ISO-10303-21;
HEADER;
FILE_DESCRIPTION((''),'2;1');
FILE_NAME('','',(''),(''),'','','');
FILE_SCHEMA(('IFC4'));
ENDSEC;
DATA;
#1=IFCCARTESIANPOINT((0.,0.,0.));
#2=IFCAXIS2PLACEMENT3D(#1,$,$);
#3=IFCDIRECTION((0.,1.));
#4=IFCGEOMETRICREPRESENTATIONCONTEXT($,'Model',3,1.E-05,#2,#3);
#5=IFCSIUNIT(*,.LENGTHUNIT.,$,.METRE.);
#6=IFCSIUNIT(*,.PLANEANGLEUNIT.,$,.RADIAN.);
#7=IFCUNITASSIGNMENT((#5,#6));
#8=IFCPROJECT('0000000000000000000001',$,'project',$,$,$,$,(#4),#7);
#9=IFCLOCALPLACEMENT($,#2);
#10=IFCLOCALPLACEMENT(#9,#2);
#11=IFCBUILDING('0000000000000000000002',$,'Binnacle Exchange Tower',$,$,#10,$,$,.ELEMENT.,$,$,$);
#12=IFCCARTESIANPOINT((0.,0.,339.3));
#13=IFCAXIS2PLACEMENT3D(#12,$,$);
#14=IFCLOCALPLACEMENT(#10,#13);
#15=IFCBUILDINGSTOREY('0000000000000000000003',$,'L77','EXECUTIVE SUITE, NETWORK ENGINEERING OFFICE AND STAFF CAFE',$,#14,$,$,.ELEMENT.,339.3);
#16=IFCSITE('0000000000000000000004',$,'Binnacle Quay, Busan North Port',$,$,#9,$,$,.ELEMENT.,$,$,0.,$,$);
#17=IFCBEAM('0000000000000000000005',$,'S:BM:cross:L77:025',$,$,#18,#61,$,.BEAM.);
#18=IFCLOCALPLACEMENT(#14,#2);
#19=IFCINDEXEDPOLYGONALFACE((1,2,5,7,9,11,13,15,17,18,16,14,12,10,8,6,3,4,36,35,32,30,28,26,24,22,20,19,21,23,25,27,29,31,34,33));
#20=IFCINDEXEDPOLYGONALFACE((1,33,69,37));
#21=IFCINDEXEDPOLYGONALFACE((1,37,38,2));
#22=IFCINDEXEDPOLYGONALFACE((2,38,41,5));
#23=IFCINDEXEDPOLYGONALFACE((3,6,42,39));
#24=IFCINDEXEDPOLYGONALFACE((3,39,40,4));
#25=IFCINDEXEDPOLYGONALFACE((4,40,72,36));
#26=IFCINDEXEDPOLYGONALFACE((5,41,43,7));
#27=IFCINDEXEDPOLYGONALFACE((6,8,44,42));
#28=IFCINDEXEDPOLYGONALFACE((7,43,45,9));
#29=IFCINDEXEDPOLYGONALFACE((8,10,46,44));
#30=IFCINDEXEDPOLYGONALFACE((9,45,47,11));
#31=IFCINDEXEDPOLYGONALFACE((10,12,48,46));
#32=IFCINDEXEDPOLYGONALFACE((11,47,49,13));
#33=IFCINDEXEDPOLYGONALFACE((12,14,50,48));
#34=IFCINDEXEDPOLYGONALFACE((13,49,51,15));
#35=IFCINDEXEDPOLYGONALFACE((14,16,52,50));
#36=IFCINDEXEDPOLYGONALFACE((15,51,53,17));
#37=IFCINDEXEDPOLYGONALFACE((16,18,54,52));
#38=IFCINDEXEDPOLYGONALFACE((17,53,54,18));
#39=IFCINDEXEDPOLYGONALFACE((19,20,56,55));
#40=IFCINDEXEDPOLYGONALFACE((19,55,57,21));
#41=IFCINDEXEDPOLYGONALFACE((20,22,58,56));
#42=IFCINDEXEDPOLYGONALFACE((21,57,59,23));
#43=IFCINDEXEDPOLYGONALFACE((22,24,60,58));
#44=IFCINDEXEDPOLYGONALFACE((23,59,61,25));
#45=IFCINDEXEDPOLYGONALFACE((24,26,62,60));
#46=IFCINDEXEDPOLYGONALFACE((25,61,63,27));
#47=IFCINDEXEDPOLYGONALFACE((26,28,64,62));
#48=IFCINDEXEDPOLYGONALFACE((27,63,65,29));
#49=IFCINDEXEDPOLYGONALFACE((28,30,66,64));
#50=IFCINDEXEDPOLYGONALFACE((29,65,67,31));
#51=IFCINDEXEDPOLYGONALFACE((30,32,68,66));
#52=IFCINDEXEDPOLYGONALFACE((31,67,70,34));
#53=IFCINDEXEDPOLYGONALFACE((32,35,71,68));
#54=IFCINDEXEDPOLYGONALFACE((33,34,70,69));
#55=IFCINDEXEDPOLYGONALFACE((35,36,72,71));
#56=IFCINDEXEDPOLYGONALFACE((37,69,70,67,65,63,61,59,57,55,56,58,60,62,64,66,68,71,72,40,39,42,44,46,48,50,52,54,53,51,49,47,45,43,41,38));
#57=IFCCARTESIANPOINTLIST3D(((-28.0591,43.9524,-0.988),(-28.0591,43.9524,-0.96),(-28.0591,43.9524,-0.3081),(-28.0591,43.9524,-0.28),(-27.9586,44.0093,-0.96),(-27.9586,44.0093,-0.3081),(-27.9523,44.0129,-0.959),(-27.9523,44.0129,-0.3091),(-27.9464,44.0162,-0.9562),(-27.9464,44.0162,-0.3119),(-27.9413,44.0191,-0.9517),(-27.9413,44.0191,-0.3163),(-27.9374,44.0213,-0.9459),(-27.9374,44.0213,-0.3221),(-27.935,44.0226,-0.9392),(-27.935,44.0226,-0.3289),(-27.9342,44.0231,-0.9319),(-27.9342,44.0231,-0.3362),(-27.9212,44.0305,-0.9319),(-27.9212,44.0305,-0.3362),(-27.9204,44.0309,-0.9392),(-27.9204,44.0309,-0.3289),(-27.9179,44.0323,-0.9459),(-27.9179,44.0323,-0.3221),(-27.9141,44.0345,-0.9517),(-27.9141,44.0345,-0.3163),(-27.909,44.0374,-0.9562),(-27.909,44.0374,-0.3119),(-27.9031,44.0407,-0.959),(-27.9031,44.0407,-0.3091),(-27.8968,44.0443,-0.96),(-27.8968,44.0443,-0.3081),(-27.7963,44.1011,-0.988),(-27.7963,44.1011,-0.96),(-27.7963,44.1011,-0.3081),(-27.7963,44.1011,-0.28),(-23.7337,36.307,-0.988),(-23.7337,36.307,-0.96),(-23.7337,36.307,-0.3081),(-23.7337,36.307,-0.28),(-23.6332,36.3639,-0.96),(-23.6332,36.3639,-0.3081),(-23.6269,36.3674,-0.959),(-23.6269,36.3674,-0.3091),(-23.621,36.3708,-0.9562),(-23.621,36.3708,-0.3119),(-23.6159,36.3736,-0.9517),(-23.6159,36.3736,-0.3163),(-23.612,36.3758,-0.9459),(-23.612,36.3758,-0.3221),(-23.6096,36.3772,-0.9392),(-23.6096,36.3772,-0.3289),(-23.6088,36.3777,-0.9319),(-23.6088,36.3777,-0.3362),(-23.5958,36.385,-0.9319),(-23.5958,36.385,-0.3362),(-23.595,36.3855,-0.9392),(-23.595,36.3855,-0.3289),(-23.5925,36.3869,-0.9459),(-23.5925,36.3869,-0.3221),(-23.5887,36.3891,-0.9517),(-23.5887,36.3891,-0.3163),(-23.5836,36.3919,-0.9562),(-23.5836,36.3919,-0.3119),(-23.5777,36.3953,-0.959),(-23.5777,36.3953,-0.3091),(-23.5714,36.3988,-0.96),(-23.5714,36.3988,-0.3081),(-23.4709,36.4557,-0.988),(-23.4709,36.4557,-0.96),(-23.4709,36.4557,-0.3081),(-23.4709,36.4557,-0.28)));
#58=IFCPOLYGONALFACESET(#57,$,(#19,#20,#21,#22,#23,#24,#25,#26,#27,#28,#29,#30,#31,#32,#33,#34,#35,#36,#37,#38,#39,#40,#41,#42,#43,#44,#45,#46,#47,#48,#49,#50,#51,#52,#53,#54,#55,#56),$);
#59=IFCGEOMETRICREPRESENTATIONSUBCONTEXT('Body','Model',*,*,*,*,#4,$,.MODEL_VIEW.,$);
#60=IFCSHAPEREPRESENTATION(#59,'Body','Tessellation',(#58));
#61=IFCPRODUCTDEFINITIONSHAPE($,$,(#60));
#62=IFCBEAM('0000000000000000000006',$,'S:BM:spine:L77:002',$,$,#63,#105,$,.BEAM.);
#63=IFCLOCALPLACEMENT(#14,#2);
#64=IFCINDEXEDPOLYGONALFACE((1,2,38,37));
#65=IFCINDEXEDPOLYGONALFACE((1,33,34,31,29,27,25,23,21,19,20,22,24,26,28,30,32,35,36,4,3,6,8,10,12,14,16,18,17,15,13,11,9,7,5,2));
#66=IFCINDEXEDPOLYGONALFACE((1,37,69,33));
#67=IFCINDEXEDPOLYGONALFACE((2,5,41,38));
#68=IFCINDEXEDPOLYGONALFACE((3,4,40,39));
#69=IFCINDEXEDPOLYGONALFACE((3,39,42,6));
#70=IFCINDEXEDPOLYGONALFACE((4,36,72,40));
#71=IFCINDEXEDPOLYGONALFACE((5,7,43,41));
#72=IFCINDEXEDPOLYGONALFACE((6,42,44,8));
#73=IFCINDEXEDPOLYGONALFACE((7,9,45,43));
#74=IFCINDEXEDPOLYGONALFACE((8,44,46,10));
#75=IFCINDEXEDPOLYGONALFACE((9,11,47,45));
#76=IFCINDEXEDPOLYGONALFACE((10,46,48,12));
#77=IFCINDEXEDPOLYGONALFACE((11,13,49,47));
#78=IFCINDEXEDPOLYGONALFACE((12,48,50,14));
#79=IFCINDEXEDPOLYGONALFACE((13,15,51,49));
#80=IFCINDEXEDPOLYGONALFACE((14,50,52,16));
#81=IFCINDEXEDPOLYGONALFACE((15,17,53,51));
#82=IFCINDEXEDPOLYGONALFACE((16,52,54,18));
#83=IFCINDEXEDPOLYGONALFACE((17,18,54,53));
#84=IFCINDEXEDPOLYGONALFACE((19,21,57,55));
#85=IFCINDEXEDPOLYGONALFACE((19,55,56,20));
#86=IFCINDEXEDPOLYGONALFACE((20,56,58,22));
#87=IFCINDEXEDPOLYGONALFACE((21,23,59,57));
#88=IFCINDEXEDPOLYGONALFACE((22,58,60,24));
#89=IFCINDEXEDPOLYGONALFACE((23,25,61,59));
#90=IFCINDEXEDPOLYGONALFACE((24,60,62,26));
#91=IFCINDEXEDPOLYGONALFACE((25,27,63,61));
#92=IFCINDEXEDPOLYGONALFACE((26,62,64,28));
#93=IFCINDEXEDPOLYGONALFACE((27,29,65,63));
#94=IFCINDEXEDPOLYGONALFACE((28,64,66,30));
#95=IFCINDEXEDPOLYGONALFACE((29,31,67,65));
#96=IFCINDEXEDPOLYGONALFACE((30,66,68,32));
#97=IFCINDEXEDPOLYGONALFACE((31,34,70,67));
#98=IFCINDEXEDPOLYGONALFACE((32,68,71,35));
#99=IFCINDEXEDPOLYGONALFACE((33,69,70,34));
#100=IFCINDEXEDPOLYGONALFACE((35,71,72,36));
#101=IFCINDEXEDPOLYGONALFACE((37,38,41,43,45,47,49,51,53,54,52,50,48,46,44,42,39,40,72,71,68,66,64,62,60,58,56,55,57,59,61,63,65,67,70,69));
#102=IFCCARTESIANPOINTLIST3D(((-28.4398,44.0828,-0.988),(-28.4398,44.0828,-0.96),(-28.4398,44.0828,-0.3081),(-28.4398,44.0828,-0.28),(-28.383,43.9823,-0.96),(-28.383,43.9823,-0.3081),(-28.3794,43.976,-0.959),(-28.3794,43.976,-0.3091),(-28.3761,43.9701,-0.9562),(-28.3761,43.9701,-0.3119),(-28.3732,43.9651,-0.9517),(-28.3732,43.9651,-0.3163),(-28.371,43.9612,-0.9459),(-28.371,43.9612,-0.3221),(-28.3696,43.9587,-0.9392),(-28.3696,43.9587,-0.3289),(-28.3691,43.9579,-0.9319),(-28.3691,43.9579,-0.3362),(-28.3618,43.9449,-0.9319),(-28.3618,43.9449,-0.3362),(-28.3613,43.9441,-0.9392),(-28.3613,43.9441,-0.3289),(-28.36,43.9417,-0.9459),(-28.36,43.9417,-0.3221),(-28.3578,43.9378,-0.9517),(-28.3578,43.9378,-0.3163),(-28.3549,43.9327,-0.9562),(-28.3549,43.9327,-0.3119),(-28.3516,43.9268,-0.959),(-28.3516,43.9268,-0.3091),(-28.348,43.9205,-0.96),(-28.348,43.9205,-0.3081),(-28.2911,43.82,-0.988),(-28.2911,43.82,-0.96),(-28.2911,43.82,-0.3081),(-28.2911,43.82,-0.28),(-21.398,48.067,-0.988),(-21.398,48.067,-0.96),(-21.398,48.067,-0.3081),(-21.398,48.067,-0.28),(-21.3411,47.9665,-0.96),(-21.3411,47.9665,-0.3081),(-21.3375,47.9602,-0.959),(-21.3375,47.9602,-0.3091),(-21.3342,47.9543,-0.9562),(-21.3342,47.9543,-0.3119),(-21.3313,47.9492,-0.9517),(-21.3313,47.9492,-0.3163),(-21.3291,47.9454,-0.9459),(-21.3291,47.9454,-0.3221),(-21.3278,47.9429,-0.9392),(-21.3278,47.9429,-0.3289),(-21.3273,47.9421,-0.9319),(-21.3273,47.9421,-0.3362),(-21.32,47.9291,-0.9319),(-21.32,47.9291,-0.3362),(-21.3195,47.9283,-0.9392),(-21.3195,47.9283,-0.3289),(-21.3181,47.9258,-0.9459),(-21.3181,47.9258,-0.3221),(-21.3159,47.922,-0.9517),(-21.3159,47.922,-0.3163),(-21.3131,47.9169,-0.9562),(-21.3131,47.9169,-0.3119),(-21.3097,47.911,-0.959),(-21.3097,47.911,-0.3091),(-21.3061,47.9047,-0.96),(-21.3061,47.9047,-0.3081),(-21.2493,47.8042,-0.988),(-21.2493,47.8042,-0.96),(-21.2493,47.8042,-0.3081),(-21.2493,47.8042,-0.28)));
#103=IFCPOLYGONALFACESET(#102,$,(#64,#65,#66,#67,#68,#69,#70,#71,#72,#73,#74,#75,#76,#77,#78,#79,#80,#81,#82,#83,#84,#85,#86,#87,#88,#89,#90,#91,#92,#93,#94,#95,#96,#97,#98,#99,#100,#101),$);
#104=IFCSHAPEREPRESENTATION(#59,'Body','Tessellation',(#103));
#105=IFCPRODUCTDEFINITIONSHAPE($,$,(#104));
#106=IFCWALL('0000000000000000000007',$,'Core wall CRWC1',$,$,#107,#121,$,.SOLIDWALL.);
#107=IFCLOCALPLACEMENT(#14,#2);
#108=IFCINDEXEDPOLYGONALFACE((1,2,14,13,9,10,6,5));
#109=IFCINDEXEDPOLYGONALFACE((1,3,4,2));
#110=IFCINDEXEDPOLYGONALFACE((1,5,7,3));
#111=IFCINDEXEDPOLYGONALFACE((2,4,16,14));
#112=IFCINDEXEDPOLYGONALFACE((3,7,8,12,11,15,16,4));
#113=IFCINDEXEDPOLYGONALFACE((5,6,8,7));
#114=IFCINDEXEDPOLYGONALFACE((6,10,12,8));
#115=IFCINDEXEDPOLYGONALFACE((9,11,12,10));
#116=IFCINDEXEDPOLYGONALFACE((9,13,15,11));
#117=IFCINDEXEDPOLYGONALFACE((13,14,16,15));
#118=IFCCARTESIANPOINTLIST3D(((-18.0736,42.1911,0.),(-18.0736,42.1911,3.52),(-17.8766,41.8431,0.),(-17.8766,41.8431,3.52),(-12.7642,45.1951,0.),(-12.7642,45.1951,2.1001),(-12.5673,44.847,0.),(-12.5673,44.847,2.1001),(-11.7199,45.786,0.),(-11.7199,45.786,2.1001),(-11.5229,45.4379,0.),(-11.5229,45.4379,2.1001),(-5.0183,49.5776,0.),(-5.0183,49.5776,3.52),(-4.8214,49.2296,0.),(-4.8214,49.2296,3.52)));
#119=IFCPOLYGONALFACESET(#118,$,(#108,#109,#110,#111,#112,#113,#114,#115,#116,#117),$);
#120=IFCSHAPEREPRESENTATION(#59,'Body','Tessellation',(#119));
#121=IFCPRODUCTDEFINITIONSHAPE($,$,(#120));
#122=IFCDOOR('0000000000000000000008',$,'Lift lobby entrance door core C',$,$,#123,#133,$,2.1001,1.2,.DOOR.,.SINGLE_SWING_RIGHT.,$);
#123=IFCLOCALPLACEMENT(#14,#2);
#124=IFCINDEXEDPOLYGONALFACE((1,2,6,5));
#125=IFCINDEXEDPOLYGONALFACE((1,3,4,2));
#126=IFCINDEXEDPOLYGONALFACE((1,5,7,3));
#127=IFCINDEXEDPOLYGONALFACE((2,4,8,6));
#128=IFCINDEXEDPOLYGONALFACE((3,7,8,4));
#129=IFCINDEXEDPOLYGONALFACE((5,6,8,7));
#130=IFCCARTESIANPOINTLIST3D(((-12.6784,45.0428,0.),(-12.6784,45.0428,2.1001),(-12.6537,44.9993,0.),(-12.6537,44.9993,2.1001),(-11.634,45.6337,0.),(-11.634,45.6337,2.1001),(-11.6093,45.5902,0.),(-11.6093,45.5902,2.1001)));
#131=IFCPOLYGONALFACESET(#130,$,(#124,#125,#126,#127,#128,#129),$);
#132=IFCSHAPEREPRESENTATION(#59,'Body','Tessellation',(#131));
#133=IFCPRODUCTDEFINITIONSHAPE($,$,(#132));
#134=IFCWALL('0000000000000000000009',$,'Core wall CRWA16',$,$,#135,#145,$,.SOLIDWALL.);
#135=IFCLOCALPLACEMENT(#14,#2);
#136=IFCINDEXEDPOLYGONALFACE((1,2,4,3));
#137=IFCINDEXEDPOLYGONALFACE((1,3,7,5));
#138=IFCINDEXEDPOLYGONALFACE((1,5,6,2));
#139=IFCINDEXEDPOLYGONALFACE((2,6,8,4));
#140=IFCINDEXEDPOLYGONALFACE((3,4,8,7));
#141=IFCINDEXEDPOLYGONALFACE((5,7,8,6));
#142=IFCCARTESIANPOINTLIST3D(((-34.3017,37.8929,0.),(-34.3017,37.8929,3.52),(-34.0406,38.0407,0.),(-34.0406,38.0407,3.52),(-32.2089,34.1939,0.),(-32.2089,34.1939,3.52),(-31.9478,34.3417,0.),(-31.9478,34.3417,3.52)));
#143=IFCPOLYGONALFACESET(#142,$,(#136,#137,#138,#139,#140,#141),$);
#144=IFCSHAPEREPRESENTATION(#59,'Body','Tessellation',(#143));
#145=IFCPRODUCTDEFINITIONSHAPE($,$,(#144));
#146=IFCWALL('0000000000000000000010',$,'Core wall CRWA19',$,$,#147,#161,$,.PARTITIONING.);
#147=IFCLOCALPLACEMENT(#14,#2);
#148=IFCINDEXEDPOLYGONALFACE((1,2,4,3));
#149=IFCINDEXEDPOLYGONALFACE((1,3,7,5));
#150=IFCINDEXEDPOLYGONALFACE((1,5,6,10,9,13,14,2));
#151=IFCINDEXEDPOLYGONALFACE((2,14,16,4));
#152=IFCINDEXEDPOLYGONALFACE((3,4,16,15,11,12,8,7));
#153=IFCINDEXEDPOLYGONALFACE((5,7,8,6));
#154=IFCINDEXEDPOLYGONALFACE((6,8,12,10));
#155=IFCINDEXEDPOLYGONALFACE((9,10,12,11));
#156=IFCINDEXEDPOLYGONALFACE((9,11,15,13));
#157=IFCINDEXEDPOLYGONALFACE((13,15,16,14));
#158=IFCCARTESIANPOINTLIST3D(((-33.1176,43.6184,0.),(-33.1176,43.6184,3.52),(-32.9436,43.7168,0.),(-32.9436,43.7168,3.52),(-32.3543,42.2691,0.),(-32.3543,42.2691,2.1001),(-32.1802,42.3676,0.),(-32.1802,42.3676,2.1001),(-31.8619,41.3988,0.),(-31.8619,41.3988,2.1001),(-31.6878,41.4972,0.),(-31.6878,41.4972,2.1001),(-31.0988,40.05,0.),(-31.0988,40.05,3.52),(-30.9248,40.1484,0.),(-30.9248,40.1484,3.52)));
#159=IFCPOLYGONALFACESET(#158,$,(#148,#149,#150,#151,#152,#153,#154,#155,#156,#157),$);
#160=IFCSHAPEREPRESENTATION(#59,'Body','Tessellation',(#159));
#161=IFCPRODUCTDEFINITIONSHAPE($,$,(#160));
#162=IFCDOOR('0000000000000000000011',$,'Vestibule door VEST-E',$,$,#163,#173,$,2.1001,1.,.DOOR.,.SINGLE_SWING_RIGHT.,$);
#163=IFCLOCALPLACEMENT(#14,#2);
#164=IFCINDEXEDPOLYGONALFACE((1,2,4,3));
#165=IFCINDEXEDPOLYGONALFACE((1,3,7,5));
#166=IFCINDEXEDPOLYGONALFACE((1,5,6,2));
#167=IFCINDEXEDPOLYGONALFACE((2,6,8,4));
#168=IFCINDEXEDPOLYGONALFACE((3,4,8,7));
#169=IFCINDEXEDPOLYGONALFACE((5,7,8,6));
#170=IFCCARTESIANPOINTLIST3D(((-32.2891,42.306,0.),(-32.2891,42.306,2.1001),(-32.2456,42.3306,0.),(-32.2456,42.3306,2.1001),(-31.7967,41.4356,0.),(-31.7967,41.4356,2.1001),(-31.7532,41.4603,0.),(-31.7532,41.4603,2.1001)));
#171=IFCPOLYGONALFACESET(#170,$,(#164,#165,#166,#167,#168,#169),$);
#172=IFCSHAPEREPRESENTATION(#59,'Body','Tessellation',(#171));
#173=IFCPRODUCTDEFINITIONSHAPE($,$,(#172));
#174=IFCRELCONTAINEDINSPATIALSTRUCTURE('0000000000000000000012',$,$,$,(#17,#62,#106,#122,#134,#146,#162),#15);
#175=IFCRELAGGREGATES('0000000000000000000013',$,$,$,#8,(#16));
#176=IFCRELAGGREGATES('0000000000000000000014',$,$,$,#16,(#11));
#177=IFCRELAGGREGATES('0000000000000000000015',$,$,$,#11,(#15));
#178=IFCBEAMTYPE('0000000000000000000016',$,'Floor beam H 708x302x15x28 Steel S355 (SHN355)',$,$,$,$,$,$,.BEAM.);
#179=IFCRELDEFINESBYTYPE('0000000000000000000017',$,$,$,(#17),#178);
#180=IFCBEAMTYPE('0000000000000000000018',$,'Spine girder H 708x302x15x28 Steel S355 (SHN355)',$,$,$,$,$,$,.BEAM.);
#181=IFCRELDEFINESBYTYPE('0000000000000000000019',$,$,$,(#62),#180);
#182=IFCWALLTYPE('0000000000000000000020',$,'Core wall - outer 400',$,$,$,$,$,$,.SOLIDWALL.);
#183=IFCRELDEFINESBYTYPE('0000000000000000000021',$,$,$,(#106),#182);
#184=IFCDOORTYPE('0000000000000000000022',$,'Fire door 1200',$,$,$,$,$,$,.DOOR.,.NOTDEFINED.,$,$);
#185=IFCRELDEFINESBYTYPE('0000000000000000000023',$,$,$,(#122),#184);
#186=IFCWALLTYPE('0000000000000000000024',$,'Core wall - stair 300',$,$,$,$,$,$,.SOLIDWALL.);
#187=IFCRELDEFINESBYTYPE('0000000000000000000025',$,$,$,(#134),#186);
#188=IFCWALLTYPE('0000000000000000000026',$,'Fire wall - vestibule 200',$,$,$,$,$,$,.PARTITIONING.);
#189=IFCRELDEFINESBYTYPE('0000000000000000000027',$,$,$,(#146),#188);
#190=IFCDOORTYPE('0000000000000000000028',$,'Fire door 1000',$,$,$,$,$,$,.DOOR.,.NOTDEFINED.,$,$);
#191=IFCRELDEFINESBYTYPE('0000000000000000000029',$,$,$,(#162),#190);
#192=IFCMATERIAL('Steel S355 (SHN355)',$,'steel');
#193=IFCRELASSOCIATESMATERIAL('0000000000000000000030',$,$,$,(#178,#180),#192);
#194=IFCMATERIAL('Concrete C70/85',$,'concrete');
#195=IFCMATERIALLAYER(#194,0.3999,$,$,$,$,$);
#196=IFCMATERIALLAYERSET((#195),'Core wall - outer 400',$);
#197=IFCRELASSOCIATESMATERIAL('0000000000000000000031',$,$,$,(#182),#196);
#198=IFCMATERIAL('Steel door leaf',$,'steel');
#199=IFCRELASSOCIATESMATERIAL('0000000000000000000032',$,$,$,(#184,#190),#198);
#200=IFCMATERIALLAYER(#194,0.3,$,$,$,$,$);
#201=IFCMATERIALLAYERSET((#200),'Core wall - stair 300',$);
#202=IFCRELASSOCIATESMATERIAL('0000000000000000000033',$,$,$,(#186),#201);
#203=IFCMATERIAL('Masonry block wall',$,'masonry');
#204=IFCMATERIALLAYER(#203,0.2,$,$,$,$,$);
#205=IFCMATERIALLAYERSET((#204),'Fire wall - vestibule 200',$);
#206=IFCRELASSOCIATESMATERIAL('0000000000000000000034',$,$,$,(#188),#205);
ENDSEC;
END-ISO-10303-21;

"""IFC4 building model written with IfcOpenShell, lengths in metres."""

from ifc_helpers import new_model, si_unit, direction, frame, frame_2d, origin, origin_2d, place, context, subcontext, project, spatial, rectangle, i_section, extrude, material, layer, layer_set, material_profile, profile_set, type_object, element, fill, save


model = new_model("IFC4")

# Units and contexts
model_context = context("Model", 3, precision=1e-05, world=origin(), true_north=direction((0.0, 1.0)))
body_context = subcontext(model_context, "Body", "Model", "MODEL_VIEW")
ifc_project = project(units=[si_unit("LENGTHUNIT", "METRE"), si_unit("PLANEANGLEUNIT", "RADIAN")], contexts=[model_context])

# Site, building, storey
site_placement = place(None, origin())
site = spatial("IfcSite", under=ifc_project, at=site_placement, Name="Binnacle Quay, Busan North Port", CompositionType="ELEMENT", RefElevation=0.0)
building_placement = place(site_placement, origin())
building = spatial("IfcBuilding", under=site, at=building_placement, Name="Binnacle Exchange Tower", CompositionType="ELEMENT")
storey_placement = place(building_placement, frame((0.0, 0.0, 339.3)))
storey = spatial("IfcBuildingStorey", under=building, at=storey_placement, Name="L77", Description="EXECUTIVE SUITE, NETWORK ENGINEERING OFFICE AND STAFF CAFE", CompositionType="ELEMENT", Elevation=339.3)

# Beams
ifc_material_1 = material(Name="Steel S355 (SHN355)", Category="steel")
ifc_material_profile_1 = material_profile(ifc_material_1, i_section(OverallWidth=0.302, OverallDepth=0.708, WebThickness=0.0149, FlangeThickness=0.0281, FilletRadius=0.0281, at=origin_2d()), Name="H 708x302x15x28")
ifc_profile_set_1 = profile_set([ifc_material_profile_1], Name="Steel S355 (SHN355)")
beam_type_1 = type_object("IfcBeamType", Name="Floor beam H 708x302x15x28 Steel S355 (SHN355)", PredefinedType="BEAM", material=ifc_profile_set_1)
beam_1_placement = place(storey_placement, frame((-23.6023, 36.3813, -0.634), z_axis=(-0.492408, 0.870365, 0.0), x_axis=(-0.870365, -0.492408, 0.0)))
element("IfcBeam", 1, at=beam_1_placement, inside=storey, type_object=beam_type_1, Name="S:BM:cross:L77:025", PredefinedType="BEAM", context=body_context, shape_type="SweptSolid", body=[
    extrude(i_section(OverallWidth=0.302, OverallDepth=0.708, WebThickness=0.0149, FlangeThickness=0.0281, FilletRadius=0.0281, at=origin_2d()), origin(), (0.0, 0.0, 1.0), 8.7842),
])
ifc_material_profile_2 = material_profile(ifc_material_1, i_section(OverallWidth=0.302, OverallDepth=0.708, WebThickness=0.0149, FlangeThickness=0.0281, FilletRadius=0.0281, at=origin_2d()), Name="H 708x302x15x28")
ifc_profile_set_2 = profile_set([ifc_material_profile_2], Name="Steel S355 (SHN355)")
beam_type_2 = type_object("IfcBeamType", Name="Spine girder H 708x302x15x28 Steel S355 (SHN355)", PredefinedType="BEAM", material=ifc_profile_set_2)
beam_2_placement = place(storey_placement, frame((-28.3655, 43.9514, -0.634), z_axis=(0.87035, 0.492433, 0.0), x_axis=(-0.492433, 0.87035, 0.0)))
element("IfcBeam", 2, at=beam_2_placement, inside=storey, type_object=beam_type_2, Name="S:BM:spine:L77:002", PredefinedType="BEAM", context=body_context, shape_type="SweptSolid", body=[
    extrude(i_section(OverallWidth=0.302, OverallDepth=0.708, WebThickness=0.0149, FlangeThickness=0.0281, FilletRadius=0.0281, at=origin_2d()), origin(), (0.0, 0.0, 1.0), 8.0908),
])

# Wall, opening, door
ifc_material_2 = material(Name="Concrete C70/85", Category="concrete")
ifc_layer_1 = layer(ifc_material_2, 0.3999)
ifc_layer_set_1 = layer_set([ifc_layer_1], Name="Core wall - outer 400")
wall_type_1 = type_object("IfcWallType", Name="Core wall - outer 400", PredefinedType="SOLIDWALL", material=ifc_layer_set_1)
wall_1_placement = place(storey_placement, frame((-17.9751, 42.0171, 0.0), z_axis=(0.0, 0.0, 1.0), x_axis=(0.87035, 0.492434, 0.0)))
wall_1 = element("IfcWall", 3, at=wall_1_placement, inside=storey, type_object=wall_type_1, Name="Core wall CRWC1", PredefinedType="SOLIDWALL", context=body_context, shape_type="SweptSolid", body=[
    extrude(rectangle(XDim=15.0, YDim=0.3999, at=frame_2d((7.5, 0.0))), origin(), (0.0, 0.0, 1.0), 3.52),
])
opening_1_placement = place(wall_1_placement, frame((6.1001, 0.0, 0.0)))
opening_1 = element("IfcOpeningElement", 4, at=opening_1_placement, cuts=wall_1, PredefinedType="OPENING", context=body_context, shape_type="SweptSolid", body=[
    extrude(rectangle(XDim=1.2, YDim=2.1001, at=frame_2d((0.6001, 1.05))), frame((0.0, 0.21, 0.0), z_axis=(0.0, -1.0, 0.0), x_axis=(1.0, 0.0, 0.0)), (0.0, 0.0, 1.0), 0.4199),
])
ifc_material_3 = material(Name="Steel door leaf", Category="steel")
door_type_1 = type_object("IfcDoorType", Name="Fire door 1200", OperationType="NOTDEFINED", PredefinedType="DOOR", material=ifc_material_3)
door_1_placement = place(opening_1_placement, frame((1.2, 0.0, 0.0), z_axis=(0.0, 0.0, 1.0), x_axis=(-1.0, 0.0, 0.0)))
door_1 = element("IfcDoor", 5, at=door_1_placement, inside=storey, type_object=door_type_1, Name="Lift lobby entrance door core C", OperationType="SINGLE_SWING_RIGHT", OverallHeight=2.1001, OverallWidth=1.2, PredefinedType="DOOR", context=body_context, shape_type="SweptSolid", body=[
    extrude(rectangle(XDim=1.2, YDim=2.1001, at=frame_2d((0.6001, 1.05))), frame((0.0, 0.0249, 0.0), z_axis=(0.0, -1.0, 0.0), x_axis=(1.0, 0.0, 0.0)), (0.0, 0.0, 1.0), 0.05),
])
fill(opening_1, door_1)

# Wall
ifc_layer_2 = layer(ifc_material_2, 0.3)
ifc_layer_set_2 = layer_set([ifc_layer_2], Name="Core wall - stair 300")
wall_type_2 = type_object("IfcWallType", Name="Core wall - stair 300", PredefinedType="SOLIDWALL", material=ifc_layer_set_2)
wall_2_placement = place(storey_placement, frame((-34.1711, 37.9668, 0.0), z_axis=(0.0, 0.0, 1.0), x_axis=(0.492423, -0.870356, 0.0)))
element("IfcWall", 6, at=wall_2_placement, inside=storey, type_object=wall_type_2, Name="Core wall CRWA16", PredefinedType="SOLIDWALL", context=body_context, shape_type="SweptSolid", body=[
    extrude(rectangle(XDim=4.25, YDim=0.3, at=frame_2d((2.125, 0.0))), origin(), (0.0, 0.0, 1.0), 3.52),
])

# Wall, opening, door
ifc_material_4 = material(Name="Masonry block wall", Category="masonry")
ifc_layer_3 = layer(ifc_material_4, 0.2)
ifc_layer_set_3 = layer_set([ifc_layer_3], Name="Fire wall - vestibule 200")
wall_type_3 = type_object("IfcWallType", Name="Fire wall - vestibule 200", PredefinedType="PARTITIONING", material=ifc_layer_set_3)
wall_3_placement = place(storey_placement, frame((-33.0305, 43.6675, 0.0), z_axis=(0.0, 0.0, 1.0), x_axis=(0.492408, -0.870364, 0.0)))
wall_3 = element("IfcWall", 7, at=wall_3_placement, inside=storey, type_object=wall_type_3, Name="Core wall CRWA19", PredefinedType="PARTITIONING", context=body_context, shape_type="SweptSolid", body=[
    extrude(rectangle(XDim=4.0999, YDim=0.2, at=frame_2d((2.0498, 0.0))), origin(), (0.0, 0.0, 1.0), 3.52),
])
opening_2_placement = place(wall_3_placement, frame((1.55, 0.0, 0.0)))
opening_2 = element("IfcOpeningElement", 8, at=opening_2_placement, cuts=wall_3, PredefinedType="OPENING", context=body_context, shape_type="SweptSolid", body=[
    extrude(rectangle(XDim=1.0, YDim=2.1001, at=frame_2d((0.5, 1.05))), frame((0.0, 0.1099, 0.0), z_axis=(0.0, -1.0, 0.0), x_axis=(1.0, 0.0, 0.0)), (0.0, 0.0, 1.0), 0.22),
])
door_type_2 = type_object("IfcDoorType", Name="Fire door 1000", OperationType="NOTDEFINED", PredefinedType="DOOR", material=ifc_material_3)
door_2_placement = place(opening_2_placement, origin())
door_2 = element("IfcDoor", 9, at=door_2_placement, inside=storey, type_object=door_type_2, Name="Vestibule door VEST-E", OperationType="SINGLE_SWING_RIGHT", OverallHeight=2.1001, OverallWidth=1.0, PredefinedType="DOOR", context=body_context, shape_type="SweptSolid", body=[
    extrude(rectangle(XDim=1.0, YDim=2.1001, at=frame_2d((0.5, 1.05))), frame((0.0, 0.0249, 0.0), z_axis=(0.0, -1.0, 0.0), x_axis=(1.0, 0.0, 0.0)), (0.0, 0.0, 1.0), 0.05),
])
fill(opening_2, door_2)

save(model, "model.ifc")
